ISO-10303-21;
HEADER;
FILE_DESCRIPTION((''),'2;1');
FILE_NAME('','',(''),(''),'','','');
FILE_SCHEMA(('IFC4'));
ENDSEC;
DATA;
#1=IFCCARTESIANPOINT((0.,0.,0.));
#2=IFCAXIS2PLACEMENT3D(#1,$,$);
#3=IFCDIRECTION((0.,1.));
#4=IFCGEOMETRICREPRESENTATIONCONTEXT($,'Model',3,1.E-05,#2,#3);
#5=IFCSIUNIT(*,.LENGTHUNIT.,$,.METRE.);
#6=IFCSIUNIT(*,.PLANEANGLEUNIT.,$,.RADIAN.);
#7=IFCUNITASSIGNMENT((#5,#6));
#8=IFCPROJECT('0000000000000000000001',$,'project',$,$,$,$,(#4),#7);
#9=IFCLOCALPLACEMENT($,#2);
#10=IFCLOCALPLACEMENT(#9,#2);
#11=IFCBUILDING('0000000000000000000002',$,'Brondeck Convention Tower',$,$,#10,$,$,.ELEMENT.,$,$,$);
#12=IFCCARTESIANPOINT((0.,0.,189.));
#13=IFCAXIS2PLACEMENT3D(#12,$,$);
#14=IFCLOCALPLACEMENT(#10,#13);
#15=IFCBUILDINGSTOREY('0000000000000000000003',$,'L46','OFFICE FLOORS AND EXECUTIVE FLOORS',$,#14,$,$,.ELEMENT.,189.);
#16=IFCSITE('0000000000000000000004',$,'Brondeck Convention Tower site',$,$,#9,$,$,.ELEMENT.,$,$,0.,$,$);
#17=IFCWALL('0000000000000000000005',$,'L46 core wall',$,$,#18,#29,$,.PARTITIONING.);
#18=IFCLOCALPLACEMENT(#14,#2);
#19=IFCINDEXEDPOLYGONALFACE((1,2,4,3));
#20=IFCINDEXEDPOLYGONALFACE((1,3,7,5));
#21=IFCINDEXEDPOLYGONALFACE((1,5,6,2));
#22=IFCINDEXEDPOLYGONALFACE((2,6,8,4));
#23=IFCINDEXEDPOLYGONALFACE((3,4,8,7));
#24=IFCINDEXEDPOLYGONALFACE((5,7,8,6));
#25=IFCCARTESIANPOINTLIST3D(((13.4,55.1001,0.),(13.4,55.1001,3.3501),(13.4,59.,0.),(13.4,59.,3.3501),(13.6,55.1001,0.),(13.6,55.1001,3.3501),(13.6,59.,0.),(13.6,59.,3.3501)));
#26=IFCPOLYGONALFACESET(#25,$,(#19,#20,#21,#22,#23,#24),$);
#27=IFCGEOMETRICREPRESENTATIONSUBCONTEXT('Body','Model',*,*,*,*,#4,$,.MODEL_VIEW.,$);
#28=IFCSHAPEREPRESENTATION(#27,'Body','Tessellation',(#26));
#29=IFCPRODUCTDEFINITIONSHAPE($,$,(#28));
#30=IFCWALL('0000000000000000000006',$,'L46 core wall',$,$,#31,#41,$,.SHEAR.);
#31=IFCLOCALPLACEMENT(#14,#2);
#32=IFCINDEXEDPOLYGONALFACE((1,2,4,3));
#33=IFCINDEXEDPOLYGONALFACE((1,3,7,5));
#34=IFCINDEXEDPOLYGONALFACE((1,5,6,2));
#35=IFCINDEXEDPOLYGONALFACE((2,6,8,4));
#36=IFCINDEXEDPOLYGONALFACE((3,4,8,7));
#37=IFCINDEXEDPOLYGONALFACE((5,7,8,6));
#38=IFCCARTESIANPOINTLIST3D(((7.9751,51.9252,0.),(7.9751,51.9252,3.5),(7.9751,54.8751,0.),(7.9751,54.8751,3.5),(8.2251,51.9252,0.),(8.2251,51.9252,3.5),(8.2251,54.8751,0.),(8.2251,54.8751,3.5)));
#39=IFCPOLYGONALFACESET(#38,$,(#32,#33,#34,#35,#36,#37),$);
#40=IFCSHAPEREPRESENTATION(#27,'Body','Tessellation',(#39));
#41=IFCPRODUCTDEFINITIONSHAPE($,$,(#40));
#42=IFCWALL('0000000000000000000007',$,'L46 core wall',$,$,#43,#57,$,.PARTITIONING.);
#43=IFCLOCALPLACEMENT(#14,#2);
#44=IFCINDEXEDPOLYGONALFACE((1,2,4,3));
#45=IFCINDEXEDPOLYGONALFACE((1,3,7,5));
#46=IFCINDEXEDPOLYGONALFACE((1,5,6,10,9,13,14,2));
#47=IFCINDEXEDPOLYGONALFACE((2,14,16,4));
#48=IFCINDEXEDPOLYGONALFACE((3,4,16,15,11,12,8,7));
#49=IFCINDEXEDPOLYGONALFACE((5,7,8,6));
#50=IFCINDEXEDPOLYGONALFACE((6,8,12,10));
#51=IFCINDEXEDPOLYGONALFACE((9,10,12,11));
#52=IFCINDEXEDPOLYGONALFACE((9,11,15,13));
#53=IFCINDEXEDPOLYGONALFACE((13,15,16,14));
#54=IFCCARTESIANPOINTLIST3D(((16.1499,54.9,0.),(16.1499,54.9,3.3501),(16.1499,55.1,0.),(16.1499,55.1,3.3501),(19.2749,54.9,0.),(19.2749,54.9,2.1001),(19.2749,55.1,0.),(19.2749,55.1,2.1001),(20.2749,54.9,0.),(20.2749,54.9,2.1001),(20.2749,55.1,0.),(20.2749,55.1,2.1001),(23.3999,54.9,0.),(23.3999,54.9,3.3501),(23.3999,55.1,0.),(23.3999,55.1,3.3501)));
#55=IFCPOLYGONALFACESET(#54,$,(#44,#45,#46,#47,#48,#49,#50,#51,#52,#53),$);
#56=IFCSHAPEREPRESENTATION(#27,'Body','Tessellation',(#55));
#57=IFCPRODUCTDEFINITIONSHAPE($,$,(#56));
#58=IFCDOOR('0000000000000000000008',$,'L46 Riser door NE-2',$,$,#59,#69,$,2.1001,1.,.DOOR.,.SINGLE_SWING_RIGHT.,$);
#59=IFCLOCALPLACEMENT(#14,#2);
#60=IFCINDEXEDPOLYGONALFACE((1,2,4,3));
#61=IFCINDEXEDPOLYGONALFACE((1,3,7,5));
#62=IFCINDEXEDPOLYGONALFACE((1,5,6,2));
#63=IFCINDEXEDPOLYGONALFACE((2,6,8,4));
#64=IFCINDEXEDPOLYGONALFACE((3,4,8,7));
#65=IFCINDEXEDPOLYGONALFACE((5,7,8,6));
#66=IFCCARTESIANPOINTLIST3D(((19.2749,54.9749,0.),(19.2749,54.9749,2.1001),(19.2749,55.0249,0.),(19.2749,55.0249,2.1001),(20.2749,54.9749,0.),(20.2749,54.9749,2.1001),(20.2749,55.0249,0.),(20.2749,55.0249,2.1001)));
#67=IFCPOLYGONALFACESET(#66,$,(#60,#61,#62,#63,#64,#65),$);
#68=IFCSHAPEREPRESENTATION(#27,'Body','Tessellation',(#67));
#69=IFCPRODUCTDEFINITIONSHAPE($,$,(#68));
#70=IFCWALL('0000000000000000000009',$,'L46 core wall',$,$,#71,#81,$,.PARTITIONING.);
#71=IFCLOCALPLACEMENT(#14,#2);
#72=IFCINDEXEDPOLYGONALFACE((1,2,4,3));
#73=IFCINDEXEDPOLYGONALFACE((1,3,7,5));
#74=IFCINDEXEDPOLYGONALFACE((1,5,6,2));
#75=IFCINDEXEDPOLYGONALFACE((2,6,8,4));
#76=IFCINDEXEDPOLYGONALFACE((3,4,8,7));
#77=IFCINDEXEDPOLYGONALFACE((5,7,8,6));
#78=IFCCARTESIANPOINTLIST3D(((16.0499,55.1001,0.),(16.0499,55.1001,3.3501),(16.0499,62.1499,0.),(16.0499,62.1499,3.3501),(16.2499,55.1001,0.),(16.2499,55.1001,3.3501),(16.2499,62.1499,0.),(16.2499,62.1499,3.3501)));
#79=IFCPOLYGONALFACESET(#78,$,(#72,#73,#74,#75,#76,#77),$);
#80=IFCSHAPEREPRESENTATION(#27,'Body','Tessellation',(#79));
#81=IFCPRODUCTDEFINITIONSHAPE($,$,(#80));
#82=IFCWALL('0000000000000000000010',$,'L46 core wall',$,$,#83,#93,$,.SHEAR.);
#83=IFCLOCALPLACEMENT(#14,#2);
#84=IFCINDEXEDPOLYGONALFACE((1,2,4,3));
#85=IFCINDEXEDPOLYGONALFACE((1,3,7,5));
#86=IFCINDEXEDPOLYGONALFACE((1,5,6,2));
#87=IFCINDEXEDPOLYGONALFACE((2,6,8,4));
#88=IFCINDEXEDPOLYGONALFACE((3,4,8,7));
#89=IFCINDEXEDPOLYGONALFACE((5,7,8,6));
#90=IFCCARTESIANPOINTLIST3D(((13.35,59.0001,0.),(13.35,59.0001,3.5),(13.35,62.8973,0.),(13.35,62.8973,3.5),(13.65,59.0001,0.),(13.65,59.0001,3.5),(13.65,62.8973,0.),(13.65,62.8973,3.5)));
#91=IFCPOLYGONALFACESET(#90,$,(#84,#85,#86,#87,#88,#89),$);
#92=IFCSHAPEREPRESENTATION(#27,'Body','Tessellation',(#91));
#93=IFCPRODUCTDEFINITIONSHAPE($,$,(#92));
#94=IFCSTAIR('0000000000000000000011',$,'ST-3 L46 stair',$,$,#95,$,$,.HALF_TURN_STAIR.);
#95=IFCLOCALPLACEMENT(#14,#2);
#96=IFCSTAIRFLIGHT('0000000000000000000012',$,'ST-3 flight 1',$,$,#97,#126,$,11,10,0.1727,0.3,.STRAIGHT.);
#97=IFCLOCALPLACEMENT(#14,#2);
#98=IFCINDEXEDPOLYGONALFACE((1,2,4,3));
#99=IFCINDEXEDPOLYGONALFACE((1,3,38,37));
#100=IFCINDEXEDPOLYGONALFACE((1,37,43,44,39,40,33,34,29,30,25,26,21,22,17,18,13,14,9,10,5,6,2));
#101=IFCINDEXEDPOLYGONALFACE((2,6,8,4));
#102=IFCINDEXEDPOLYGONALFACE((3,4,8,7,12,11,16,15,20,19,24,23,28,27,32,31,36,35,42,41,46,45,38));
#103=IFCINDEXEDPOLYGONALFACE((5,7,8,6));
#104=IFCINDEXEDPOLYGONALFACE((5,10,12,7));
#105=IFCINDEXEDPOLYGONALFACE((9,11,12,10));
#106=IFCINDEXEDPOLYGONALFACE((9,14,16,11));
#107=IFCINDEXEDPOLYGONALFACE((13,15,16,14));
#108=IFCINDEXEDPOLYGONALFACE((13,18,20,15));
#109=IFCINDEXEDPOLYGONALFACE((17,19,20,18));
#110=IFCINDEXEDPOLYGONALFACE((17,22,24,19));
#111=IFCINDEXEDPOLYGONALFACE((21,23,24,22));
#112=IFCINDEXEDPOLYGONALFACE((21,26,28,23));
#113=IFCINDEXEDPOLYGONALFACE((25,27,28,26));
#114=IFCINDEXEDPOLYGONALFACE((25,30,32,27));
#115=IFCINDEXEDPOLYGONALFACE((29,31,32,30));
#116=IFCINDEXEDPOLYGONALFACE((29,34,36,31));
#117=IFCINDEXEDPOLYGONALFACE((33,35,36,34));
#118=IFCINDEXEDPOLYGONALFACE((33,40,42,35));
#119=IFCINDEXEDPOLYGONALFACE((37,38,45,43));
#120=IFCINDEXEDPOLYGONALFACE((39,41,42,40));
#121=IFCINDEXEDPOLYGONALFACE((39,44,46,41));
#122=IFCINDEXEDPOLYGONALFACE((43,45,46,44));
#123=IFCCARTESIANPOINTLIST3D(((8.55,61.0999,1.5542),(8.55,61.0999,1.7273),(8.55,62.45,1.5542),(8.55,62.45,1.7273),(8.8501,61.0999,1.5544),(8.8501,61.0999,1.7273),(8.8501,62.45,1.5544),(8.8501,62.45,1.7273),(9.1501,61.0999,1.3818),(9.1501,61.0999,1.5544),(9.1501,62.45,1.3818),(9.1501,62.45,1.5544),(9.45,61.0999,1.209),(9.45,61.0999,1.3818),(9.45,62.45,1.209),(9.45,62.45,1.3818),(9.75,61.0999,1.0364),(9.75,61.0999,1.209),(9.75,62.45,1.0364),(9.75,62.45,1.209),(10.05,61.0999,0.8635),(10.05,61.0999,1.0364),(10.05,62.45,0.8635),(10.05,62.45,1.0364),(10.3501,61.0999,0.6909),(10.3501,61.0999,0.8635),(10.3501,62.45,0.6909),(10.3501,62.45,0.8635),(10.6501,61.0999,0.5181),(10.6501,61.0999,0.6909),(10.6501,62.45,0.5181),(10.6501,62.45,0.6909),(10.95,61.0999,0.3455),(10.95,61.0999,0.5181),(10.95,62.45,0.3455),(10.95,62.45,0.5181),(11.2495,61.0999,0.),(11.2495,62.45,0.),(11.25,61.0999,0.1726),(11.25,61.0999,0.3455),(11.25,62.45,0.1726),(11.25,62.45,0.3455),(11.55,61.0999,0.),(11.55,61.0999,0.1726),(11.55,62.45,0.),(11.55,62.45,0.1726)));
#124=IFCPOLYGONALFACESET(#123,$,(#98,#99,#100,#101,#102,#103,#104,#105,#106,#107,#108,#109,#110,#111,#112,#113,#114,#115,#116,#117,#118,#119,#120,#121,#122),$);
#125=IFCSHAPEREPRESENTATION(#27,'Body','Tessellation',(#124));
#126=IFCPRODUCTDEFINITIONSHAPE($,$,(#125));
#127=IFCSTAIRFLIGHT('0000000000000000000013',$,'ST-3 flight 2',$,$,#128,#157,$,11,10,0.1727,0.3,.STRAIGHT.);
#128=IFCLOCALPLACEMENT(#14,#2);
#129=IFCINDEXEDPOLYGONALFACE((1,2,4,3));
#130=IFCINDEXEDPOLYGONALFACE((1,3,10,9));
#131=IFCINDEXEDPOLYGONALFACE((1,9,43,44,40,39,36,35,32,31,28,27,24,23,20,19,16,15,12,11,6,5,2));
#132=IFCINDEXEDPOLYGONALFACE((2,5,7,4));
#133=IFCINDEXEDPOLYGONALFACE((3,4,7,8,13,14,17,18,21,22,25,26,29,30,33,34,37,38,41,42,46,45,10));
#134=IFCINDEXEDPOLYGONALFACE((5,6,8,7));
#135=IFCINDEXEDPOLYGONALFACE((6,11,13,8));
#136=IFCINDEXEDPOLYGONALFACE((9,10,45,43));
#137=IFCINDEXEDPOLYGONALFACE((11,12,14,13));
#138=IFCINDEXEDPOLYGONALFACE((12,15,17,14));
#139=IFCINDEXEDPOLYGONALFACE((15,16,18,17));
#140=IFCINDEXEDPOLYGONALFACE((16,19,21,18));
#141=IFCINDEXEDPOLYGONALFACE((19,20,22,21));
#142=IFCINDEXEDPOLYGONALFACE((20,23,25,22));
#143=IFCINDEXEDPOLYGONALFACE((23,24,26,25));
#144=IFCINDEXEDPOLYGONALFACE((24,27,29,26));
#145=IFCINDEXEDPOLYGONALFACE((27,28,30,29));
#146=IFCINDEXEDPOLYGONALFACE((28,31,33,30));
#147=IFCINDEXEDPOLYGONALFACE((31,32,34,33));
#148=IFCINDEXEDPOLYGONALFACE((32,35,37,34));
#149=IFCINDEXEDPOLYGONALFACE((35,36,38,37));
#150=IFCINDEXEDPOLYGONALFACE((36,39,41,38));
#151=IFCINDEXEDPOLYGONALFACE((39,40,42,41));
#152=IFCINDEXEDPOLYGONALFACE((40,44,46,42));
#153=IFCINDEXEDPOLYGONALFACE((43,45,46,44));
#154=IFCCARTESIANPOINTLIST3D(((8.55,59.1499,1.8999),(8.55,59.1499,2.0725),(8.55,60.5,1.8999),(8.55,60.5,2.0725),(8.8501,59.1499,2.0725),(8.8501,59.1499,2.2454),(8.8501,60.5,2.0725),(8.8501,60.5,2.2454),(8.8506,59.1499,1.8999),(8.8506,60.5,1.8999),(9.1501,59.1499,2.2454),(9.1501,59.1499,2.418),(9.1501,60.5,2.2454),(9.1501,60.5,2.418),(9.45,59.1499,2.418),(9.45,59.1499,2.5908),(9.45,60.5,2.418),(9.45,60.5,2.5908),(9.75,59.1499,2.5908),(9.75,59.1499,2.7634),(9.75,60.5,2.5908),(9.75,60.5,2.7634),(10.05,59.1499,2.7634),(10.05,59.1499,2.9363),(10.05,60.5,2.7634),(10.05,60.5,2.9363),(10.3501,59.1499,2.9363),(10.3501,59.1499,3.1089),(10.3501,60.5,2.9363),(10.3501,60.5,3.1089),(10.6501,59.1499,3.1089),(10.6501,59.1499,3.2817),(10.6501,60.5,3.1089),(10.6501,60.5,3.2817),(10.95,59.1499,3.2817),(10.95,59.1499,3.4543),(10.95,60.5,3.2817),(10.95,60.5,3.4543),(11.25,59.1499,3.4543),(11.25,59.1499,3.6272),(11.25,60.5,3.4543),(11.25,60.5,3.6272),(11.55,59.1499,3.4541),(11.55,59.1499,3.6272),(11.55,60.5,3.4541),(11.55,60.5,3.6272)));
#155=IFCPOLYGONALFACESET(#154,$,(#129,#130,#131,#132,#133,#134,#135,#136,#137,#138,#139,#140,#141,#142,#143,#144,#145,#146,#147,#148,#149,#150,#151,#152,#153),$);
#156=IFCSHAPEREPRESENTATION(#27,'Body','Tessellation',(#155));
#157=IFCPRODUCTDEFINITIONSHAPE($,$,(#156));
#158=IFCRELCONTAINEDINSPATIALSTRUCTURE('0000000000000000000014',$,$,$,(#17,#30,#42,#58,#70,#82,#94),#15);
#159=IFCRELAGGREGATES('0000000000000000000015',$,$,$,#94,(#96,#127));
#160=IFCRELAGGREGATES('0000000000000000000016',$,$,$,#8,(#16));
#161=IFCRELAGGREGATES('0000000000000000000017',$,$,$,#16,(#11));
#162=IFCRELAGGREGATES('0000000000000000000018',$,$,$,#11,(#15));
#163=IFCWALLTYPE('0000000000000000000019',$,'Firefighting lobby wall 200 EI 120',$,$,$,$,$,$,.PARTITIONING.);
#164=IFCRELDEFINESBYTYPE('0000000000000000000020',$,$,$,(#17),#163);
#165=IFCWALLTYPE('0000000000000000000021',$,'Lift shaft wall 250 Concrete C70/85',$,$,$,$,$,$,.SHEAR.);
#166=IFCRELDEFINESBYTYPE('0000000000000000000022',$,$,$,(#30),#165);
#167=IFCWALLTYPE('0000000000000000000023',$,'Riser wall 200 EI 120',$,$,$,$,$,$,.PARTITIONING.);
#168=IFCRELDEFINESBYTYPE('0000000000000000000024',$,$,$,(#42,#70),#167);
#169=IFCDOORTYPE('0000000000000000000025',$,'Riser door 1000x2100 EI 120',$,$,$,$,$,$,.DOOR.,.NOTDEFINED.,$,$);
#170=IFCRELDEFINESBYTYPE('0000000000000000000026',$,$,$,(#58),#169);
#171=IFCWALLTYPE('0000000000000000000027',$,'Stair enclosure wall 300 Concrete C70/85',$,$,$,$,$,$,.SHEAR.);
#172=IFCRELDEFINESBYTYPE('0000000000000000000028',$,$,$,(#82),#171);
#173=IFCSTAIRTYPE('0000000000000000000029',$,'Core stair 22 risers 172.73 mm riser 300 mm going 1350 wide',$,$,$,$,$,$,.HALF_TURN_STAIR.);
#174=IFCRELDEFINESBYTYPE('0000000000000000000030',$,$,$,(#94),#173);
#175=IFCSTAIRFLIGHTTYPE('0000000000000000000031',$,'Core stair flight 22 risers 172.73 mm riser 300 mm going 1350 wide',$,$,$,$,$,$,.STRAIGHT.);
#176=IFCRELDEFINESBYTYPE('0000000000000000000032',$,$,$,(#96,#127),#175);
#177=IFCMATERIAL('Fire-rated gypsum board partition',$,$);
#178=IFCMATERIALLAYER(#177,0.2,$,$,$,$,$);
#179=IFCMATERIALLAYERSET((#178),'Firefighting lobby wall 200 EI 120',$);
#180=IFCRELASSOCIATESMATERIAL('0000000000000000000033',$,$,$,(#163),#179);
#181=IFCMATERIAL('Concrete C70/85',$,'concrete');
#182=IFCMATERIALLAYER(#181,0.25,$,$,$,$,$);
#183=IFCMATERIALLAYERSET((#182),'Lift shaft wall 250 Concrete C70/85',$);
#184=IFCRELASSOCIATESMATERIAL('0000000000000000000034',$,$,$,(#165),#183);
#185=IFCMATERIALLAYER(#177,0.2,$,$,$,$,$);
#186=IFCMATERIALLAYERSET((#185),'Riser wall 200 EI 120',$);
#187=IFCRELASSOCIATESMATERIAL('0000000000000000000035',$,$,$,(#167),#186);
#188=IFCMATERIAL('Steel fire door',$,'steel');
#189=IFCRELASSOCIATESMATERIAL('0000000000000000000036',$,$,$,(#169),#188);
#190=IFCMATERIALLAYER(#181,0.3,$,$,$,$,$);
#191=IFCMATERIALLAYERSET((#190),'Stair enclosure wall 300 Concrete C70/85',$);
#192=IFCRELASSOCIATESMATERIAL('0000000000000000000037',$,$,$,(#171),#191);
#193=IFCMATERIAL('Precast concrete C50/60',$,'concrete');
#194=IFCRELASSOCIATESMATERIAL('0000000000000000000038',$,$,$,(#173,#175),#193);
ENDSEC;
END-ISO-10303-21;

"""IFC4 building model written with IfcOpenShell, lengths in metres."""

from ifc_helpers import new_model, si_unit, direction, frame, frame_2d, origin, place, context, subcontext, project, spatial, polyline, rectangle, outline, extrude, material, layer, layer_set, type_object, element, fill, aggregate, save


model = new_model("IFC4")

# Units and contexts
model_context = context("Model", 3, precision=1e-05, world=origin(), true_north=direction((0.0, 1.0)))
body_context = subcontext(model_context, "Body", "Model", "MODEL_VIEW")
ifc_project = project(units=[si_unit("LENGTHUNIT", "METRE"), si_unit("PLANEANGLEUNIT", "RADIAN")], contexts=[model_context])

# Site, building, storey
site_placement = place(None, origin())
site = spatial("IfcSite", under=ifc_project, at=site_placement, Name="Brondeck Convention Tower site", CompositionType="ELEMENT", RefElevation=0.0)
building_placement = place(site_placement, origin())
building = spatial("IfcBuilding", under=site, at=building_placement, Name="Brondeck Convention Tower", CompositionType="ELEMENT")
storey_placement = place(building_placement, frame((0.0, 0.0, 189.0)))
storey = spatial("IfcBuildingStorey", under=building, at=storey_placement, Name="L46", Description="OFFICE FLOORS AND EXECUTIVE FLOORS", CompositionType="ELEMENT", Elevation=189.0)

# Shared definitions
ifc_material_1 = material(Name="Concrete C70/85", Category="concrete")

# Shared definitions
ifc_material_2 = material(Name="Fire-rated gypsum board partition")

# Shared definitions
ifc_material_3 = material(Name="Steel fire door", Category="steel")

# Shared definitions
ifc_layer_1 = layer(ifc_material_2, 0.2)
ifc_layer_set_1 = layer_set([ifc_layer_1], Name="Firefighting lobby wall 200 EI 120")
wall_type_1 = type_object("IfcWallType", Name="Firefighting lobby wall 200 EI 120", PredefinedType="PARTITIONING", material=ifc_layer_set_1)

# Walls
wall_1_placement = place(storey_placement, frame((13.5, 55.1001, 0.0), z_axis=(0.0, 0.0, 1.0), x_axis=(0.0, 1.0, 0.0)))
element("IfcWall", 1, at=wall_1_placement, inside=storey, type_object=wall_type_1, Name="L46 core wall", PredefinedType="PARTITIONING", context=body_context, shape_type="SweptSolid", body=[
    extrude(rectangle(XDim=3.8999, YDim=0.2, at=frame_2d((1.95, 0.0))), origin(), (0.0, 0.0, 1.0), 3.3501),
])
ifc_layer_2 = layer(ifc_material_1, 0.25)
ifc_layer_set_2 = layer_set([ifc_layer_2], Name="Lift shaft wall 250 Concrete C70/85")
wall_type_2 = type_object("IfcWallType", Name="Lift shaft wall 250 Concrete C70/85", PredefinedType="SHEAR", material=ifc_layer_set_2)
wall_2_placement = place(storey_placement, frame((8.1001, 51.925, 0.0), z_axis=(0.0, 0.0, 1.0), x_axis=(0.0, 1.0, 0.0)))
element("IfcWall", 2, at=wall_2_placement, inside=storey, type_object=wall_type_2, Name="L46 core wall", PredefinedType="SHEAR", context=body_context, shape_type="SweptSolid", body=[
    extrude(rectangle(XDim=2.95, YDim=0.25, at=frame_2d((1.4751, 0.0))), origin(), (0.0, 0.0, 1.0), 3.5),
])

# Wall, opening, door
ifc_layer_3 = layer(ifc_material_2, 0.2)
ifc_layer_set_3 = layer_set([ifc_layer_3], Name="Riser wall 200 EI 120")
wall_type_3 = type_object("IfcWallType", Name="Riser wall 200 EI 120", PredefinedType="PARTITIONING", material=ifc_layer_set_3)
wall_3_placement = place(storey_placement, frame((16.1499, 55.0, 0.0), z_axis=(0.0, 0.0, 1.0), x_axis=(1.0, 0.0, 0.0)))
wall_3 = element("IfcWall", 3, at=wall_3_placement, inside=storey, type_object=wall_type_3, Name="L46 core wall", PredefinedType="PARTITIONING", context=body_context, shape_type="SweptSolid", body=[
    extrude(rectangle(XDim=7.25, YDim=0.2, at=frame_2d((3.625, 0.0))), origin(), (0.0, 0.0, 1.0), 3.3501),
])
opening_1_placement = place(wall_3_placement, frame((3.125, 0.0, 0.0)))
opening_1 = element("IfcOpeningElement", 4, at=opening_1_placement, cuts=wall_3, PredefinedType="OPENING", context=body_context, shape_type="SweptSolid", body=[
    extrude(rectangle(XDim=1.0, YDim=2.1001, at=frame_2d((0.5, 1.05))), frame((0.0, 0.1099, 0.0), z_axis=(0.0, -1.0, 0.0), x_axis=(1.0, 0.0, 0.0)), (0.0, 0.0, 1.0), 0.22),
])
door_type_1 = type_object("IfcDoorType", Name="Riser door 1000x2100 EI 120", OperationType="NOTDEFINED", PredefinedType="DOOR", material=ifc_material_3)
door_1_placement = place(opening_1_placement, origin())
door_1 = element("IfcDoor", 5, at=door_1_placement, inside=storey, type_object=door_type_1, Name="L46 Riser door NE-2", OperationType="SINGLE_SWING_RIGHT", OverallHeight=2.1001, OverallWidth=1.0, PredefinedType="DOOR", context=body_context, shape_type="SweptSolid", body=[
    extrude(rectangle(XDim=1.0, YDim=2.1001, at=frame_2d((0.5, 1.05))), frame((0.0, 0.0249, 0.0), z_axis=(0.0, -1.0, 0.0), x_axis=(1.0, 0.0, 0.0)), (0.0, 0.0, 1.0), 0.05),
])
fill(opening_1, door_1)

# Walls
wall_4_placement = place(storey_placement, frame((16.1499, 55.1001, 0.0), z_axis=(0.0, 0.0, 1.0), x_axis=(0.0, 1.0, 0.0)))
element("IfcWall", 6, at=wall_4_placement, inside=storey, type_object=wall_type_3, Name="L46 core wall", PredefinedType="PARTITIONING", context=body_context, shape_type="SweptSolid", body=[
    extrude(rectangle(XDim=7.0498, YDim=0.2, at=frame_2d((3.5249, 0.0))), origin(), (0.0, 0.0, 1.0), 3.3501),
])
ifc_layer_4 = layer(ifc_material_1, 0.3)
ifc_layer_set_4 = layer_set([ifc_layer_4], Name="Stair enclosure wall 300 Concrete C70/85")
wall_type_4 = type_object("IfcWallType", Name="Stair enclosure wall 300 Concrete C70/85", PredefinedType="SHEAR", material=ifc_layer_set_4)
wall_5_placement = place(storey_placement, frame((13.5, 59.0, 0.0), z_axis=(0.0, 0.0, 1.0), x_axis=(0.0, 1.0, 0.0)))
element("IfcWall", 7, at=wall_5_placement, inside=storey, type_object=wall_type_4, Name="L46 core wall", PredefinedType="SHEAR", context=body_context, shape_type="SweptSolid", body=[
    extrude(rectangle(XDim=3.8972, YDim=0.3, at=frame_2d((1.9487, 0.0))), origin(), (0.0, 0.0, 1.0), 3.5),
])

# Stair, stair flights
ifc_material_4 = material(Name="Precast concrete C50/60", Category="concrete")
stair_type = type_object("IfcStairType", Name="Core stair 22 risers 172.73 mm riser 300 mm going 1350 wide", PredefinedType="HALF_TURN_STAIR", material=ifc_material_4)
stair_placement = place(storey_placement, origin())
stair = element("IfcStair", 8, at=stair_placement, inside=storey, type_object=stair_type, Name="ST-3 L46 stair", PredefinedType="HALF_TURN_STAIR")
stair_flight_type = type_object("IfcStairFlightType", Name="Core stair flight 22 risers 172.73 mm riser 300 mm going 1350 wide", PredefinedType="STRAIGHT", material=ifc_material_4)
stair_flight_1_placement = place(storey_placement, frame((11.55, 61.7749, 0.0), z_axis=(0.0, 0.0, 1.0), x_axis=(-1.0, 0.0, 0.0)))
stair_flight_1 = element("IfcStairFlight", 9, at=stair_flight_1_placement, type_object=stair_flight_type, Name="ST-3 flight 1", NumberOfRisers=11, NumberOfTreads=10, PredefinedType="STRAIGHT", RiserHeight=0.1727, TreadLength=0.3, context=body_context, shape_type="SweptSolid", body=[
    extrude(outline(polyline([(0.0, 0.0), (0.0, 0.1726), (0.3, 0.1726), (0.3, 0.3455), (0.6001, 0.3455), (0.6001, 0.5181), (0.8999, 0.5181), (0.8999, 0.6909), (1.2, 0.6909), (1.2, 0.8635), (1.5, 0.8635), (1.5, 1.0364), (1.8, 1.0364), (1.8, 1.209), (2.1001, 1.209), (2.1001, 1.3818), (2.3999, 1.3818), (2.3999, 1.5544), (2.7, 1.5544), (2.7, 1.7273), (3.0, 1.7273), (3.0, 1.8999), (3.0, 1.5542), (0.3005, 0.0), (0.0, 0.0)])), frame((0.0, 0.675, 0.0), z_axis=(0.0, -1.0, 0.0), x_axis=(1.0, 0.0, 0.0)), (0.0, 0.0, 1.0), 1.3501),
])
stair_flight_2_placement = place(storey_placement, frame((8.55, 59.825, 1.8999), z_axis=(0.0, 0.0, 1.0), x_axis=(1.0, 0.0, 0.0)))
stair_flight_2 = element("IfcStairFlight", 10, at=stair_flight_2_placement, type_object=stair_flight_type, Name="ST-3 flight 2", NumberOfRisers=11, NumberOfTreads=10, PredefinedType="STRAIGHT", RiserHeight=0.1727, TreadLength=0.3, context=body_context, shape_type="SweptSolid", body=[
    extrude(outline(polyline([(0.0, 0.0), (0.0, 0.1726), (0.3, 0.1726), (0.3, 0.3455), (0.6001, 0.3455), (0.6001, 0.5181), (0.8999, 0.5181), (0.8999, 0.6909), (1.2, 0.6909), (1.2, 0.8635), (1.5, 0.8635), (1.5, 1.0364), (1.8, 1.0364), (1.8, 1.209), (2.1001, 1.209), (2.1001, 1.3818), (2.3999, 1.3818), (2.3999, 1.5544), (2.7, 1.5544), (2.7, 1.7273), (3.0, 1.7273), (3.0, 1.8999), (3.0, 1.5542), (0.3005, 0.0), (0.0, 0.0)])), frame((0.0, 0.675, 0.0), z_axis=(0.0, -1.0, 0.0), x_axis=(1.0, 0.0, 0.0)), (0.0, 0.0, 1.0), 1.3501),
])
aggregate(stair, [stair_flight_1, stair_flight_2])

save(model, "model.ifc")
